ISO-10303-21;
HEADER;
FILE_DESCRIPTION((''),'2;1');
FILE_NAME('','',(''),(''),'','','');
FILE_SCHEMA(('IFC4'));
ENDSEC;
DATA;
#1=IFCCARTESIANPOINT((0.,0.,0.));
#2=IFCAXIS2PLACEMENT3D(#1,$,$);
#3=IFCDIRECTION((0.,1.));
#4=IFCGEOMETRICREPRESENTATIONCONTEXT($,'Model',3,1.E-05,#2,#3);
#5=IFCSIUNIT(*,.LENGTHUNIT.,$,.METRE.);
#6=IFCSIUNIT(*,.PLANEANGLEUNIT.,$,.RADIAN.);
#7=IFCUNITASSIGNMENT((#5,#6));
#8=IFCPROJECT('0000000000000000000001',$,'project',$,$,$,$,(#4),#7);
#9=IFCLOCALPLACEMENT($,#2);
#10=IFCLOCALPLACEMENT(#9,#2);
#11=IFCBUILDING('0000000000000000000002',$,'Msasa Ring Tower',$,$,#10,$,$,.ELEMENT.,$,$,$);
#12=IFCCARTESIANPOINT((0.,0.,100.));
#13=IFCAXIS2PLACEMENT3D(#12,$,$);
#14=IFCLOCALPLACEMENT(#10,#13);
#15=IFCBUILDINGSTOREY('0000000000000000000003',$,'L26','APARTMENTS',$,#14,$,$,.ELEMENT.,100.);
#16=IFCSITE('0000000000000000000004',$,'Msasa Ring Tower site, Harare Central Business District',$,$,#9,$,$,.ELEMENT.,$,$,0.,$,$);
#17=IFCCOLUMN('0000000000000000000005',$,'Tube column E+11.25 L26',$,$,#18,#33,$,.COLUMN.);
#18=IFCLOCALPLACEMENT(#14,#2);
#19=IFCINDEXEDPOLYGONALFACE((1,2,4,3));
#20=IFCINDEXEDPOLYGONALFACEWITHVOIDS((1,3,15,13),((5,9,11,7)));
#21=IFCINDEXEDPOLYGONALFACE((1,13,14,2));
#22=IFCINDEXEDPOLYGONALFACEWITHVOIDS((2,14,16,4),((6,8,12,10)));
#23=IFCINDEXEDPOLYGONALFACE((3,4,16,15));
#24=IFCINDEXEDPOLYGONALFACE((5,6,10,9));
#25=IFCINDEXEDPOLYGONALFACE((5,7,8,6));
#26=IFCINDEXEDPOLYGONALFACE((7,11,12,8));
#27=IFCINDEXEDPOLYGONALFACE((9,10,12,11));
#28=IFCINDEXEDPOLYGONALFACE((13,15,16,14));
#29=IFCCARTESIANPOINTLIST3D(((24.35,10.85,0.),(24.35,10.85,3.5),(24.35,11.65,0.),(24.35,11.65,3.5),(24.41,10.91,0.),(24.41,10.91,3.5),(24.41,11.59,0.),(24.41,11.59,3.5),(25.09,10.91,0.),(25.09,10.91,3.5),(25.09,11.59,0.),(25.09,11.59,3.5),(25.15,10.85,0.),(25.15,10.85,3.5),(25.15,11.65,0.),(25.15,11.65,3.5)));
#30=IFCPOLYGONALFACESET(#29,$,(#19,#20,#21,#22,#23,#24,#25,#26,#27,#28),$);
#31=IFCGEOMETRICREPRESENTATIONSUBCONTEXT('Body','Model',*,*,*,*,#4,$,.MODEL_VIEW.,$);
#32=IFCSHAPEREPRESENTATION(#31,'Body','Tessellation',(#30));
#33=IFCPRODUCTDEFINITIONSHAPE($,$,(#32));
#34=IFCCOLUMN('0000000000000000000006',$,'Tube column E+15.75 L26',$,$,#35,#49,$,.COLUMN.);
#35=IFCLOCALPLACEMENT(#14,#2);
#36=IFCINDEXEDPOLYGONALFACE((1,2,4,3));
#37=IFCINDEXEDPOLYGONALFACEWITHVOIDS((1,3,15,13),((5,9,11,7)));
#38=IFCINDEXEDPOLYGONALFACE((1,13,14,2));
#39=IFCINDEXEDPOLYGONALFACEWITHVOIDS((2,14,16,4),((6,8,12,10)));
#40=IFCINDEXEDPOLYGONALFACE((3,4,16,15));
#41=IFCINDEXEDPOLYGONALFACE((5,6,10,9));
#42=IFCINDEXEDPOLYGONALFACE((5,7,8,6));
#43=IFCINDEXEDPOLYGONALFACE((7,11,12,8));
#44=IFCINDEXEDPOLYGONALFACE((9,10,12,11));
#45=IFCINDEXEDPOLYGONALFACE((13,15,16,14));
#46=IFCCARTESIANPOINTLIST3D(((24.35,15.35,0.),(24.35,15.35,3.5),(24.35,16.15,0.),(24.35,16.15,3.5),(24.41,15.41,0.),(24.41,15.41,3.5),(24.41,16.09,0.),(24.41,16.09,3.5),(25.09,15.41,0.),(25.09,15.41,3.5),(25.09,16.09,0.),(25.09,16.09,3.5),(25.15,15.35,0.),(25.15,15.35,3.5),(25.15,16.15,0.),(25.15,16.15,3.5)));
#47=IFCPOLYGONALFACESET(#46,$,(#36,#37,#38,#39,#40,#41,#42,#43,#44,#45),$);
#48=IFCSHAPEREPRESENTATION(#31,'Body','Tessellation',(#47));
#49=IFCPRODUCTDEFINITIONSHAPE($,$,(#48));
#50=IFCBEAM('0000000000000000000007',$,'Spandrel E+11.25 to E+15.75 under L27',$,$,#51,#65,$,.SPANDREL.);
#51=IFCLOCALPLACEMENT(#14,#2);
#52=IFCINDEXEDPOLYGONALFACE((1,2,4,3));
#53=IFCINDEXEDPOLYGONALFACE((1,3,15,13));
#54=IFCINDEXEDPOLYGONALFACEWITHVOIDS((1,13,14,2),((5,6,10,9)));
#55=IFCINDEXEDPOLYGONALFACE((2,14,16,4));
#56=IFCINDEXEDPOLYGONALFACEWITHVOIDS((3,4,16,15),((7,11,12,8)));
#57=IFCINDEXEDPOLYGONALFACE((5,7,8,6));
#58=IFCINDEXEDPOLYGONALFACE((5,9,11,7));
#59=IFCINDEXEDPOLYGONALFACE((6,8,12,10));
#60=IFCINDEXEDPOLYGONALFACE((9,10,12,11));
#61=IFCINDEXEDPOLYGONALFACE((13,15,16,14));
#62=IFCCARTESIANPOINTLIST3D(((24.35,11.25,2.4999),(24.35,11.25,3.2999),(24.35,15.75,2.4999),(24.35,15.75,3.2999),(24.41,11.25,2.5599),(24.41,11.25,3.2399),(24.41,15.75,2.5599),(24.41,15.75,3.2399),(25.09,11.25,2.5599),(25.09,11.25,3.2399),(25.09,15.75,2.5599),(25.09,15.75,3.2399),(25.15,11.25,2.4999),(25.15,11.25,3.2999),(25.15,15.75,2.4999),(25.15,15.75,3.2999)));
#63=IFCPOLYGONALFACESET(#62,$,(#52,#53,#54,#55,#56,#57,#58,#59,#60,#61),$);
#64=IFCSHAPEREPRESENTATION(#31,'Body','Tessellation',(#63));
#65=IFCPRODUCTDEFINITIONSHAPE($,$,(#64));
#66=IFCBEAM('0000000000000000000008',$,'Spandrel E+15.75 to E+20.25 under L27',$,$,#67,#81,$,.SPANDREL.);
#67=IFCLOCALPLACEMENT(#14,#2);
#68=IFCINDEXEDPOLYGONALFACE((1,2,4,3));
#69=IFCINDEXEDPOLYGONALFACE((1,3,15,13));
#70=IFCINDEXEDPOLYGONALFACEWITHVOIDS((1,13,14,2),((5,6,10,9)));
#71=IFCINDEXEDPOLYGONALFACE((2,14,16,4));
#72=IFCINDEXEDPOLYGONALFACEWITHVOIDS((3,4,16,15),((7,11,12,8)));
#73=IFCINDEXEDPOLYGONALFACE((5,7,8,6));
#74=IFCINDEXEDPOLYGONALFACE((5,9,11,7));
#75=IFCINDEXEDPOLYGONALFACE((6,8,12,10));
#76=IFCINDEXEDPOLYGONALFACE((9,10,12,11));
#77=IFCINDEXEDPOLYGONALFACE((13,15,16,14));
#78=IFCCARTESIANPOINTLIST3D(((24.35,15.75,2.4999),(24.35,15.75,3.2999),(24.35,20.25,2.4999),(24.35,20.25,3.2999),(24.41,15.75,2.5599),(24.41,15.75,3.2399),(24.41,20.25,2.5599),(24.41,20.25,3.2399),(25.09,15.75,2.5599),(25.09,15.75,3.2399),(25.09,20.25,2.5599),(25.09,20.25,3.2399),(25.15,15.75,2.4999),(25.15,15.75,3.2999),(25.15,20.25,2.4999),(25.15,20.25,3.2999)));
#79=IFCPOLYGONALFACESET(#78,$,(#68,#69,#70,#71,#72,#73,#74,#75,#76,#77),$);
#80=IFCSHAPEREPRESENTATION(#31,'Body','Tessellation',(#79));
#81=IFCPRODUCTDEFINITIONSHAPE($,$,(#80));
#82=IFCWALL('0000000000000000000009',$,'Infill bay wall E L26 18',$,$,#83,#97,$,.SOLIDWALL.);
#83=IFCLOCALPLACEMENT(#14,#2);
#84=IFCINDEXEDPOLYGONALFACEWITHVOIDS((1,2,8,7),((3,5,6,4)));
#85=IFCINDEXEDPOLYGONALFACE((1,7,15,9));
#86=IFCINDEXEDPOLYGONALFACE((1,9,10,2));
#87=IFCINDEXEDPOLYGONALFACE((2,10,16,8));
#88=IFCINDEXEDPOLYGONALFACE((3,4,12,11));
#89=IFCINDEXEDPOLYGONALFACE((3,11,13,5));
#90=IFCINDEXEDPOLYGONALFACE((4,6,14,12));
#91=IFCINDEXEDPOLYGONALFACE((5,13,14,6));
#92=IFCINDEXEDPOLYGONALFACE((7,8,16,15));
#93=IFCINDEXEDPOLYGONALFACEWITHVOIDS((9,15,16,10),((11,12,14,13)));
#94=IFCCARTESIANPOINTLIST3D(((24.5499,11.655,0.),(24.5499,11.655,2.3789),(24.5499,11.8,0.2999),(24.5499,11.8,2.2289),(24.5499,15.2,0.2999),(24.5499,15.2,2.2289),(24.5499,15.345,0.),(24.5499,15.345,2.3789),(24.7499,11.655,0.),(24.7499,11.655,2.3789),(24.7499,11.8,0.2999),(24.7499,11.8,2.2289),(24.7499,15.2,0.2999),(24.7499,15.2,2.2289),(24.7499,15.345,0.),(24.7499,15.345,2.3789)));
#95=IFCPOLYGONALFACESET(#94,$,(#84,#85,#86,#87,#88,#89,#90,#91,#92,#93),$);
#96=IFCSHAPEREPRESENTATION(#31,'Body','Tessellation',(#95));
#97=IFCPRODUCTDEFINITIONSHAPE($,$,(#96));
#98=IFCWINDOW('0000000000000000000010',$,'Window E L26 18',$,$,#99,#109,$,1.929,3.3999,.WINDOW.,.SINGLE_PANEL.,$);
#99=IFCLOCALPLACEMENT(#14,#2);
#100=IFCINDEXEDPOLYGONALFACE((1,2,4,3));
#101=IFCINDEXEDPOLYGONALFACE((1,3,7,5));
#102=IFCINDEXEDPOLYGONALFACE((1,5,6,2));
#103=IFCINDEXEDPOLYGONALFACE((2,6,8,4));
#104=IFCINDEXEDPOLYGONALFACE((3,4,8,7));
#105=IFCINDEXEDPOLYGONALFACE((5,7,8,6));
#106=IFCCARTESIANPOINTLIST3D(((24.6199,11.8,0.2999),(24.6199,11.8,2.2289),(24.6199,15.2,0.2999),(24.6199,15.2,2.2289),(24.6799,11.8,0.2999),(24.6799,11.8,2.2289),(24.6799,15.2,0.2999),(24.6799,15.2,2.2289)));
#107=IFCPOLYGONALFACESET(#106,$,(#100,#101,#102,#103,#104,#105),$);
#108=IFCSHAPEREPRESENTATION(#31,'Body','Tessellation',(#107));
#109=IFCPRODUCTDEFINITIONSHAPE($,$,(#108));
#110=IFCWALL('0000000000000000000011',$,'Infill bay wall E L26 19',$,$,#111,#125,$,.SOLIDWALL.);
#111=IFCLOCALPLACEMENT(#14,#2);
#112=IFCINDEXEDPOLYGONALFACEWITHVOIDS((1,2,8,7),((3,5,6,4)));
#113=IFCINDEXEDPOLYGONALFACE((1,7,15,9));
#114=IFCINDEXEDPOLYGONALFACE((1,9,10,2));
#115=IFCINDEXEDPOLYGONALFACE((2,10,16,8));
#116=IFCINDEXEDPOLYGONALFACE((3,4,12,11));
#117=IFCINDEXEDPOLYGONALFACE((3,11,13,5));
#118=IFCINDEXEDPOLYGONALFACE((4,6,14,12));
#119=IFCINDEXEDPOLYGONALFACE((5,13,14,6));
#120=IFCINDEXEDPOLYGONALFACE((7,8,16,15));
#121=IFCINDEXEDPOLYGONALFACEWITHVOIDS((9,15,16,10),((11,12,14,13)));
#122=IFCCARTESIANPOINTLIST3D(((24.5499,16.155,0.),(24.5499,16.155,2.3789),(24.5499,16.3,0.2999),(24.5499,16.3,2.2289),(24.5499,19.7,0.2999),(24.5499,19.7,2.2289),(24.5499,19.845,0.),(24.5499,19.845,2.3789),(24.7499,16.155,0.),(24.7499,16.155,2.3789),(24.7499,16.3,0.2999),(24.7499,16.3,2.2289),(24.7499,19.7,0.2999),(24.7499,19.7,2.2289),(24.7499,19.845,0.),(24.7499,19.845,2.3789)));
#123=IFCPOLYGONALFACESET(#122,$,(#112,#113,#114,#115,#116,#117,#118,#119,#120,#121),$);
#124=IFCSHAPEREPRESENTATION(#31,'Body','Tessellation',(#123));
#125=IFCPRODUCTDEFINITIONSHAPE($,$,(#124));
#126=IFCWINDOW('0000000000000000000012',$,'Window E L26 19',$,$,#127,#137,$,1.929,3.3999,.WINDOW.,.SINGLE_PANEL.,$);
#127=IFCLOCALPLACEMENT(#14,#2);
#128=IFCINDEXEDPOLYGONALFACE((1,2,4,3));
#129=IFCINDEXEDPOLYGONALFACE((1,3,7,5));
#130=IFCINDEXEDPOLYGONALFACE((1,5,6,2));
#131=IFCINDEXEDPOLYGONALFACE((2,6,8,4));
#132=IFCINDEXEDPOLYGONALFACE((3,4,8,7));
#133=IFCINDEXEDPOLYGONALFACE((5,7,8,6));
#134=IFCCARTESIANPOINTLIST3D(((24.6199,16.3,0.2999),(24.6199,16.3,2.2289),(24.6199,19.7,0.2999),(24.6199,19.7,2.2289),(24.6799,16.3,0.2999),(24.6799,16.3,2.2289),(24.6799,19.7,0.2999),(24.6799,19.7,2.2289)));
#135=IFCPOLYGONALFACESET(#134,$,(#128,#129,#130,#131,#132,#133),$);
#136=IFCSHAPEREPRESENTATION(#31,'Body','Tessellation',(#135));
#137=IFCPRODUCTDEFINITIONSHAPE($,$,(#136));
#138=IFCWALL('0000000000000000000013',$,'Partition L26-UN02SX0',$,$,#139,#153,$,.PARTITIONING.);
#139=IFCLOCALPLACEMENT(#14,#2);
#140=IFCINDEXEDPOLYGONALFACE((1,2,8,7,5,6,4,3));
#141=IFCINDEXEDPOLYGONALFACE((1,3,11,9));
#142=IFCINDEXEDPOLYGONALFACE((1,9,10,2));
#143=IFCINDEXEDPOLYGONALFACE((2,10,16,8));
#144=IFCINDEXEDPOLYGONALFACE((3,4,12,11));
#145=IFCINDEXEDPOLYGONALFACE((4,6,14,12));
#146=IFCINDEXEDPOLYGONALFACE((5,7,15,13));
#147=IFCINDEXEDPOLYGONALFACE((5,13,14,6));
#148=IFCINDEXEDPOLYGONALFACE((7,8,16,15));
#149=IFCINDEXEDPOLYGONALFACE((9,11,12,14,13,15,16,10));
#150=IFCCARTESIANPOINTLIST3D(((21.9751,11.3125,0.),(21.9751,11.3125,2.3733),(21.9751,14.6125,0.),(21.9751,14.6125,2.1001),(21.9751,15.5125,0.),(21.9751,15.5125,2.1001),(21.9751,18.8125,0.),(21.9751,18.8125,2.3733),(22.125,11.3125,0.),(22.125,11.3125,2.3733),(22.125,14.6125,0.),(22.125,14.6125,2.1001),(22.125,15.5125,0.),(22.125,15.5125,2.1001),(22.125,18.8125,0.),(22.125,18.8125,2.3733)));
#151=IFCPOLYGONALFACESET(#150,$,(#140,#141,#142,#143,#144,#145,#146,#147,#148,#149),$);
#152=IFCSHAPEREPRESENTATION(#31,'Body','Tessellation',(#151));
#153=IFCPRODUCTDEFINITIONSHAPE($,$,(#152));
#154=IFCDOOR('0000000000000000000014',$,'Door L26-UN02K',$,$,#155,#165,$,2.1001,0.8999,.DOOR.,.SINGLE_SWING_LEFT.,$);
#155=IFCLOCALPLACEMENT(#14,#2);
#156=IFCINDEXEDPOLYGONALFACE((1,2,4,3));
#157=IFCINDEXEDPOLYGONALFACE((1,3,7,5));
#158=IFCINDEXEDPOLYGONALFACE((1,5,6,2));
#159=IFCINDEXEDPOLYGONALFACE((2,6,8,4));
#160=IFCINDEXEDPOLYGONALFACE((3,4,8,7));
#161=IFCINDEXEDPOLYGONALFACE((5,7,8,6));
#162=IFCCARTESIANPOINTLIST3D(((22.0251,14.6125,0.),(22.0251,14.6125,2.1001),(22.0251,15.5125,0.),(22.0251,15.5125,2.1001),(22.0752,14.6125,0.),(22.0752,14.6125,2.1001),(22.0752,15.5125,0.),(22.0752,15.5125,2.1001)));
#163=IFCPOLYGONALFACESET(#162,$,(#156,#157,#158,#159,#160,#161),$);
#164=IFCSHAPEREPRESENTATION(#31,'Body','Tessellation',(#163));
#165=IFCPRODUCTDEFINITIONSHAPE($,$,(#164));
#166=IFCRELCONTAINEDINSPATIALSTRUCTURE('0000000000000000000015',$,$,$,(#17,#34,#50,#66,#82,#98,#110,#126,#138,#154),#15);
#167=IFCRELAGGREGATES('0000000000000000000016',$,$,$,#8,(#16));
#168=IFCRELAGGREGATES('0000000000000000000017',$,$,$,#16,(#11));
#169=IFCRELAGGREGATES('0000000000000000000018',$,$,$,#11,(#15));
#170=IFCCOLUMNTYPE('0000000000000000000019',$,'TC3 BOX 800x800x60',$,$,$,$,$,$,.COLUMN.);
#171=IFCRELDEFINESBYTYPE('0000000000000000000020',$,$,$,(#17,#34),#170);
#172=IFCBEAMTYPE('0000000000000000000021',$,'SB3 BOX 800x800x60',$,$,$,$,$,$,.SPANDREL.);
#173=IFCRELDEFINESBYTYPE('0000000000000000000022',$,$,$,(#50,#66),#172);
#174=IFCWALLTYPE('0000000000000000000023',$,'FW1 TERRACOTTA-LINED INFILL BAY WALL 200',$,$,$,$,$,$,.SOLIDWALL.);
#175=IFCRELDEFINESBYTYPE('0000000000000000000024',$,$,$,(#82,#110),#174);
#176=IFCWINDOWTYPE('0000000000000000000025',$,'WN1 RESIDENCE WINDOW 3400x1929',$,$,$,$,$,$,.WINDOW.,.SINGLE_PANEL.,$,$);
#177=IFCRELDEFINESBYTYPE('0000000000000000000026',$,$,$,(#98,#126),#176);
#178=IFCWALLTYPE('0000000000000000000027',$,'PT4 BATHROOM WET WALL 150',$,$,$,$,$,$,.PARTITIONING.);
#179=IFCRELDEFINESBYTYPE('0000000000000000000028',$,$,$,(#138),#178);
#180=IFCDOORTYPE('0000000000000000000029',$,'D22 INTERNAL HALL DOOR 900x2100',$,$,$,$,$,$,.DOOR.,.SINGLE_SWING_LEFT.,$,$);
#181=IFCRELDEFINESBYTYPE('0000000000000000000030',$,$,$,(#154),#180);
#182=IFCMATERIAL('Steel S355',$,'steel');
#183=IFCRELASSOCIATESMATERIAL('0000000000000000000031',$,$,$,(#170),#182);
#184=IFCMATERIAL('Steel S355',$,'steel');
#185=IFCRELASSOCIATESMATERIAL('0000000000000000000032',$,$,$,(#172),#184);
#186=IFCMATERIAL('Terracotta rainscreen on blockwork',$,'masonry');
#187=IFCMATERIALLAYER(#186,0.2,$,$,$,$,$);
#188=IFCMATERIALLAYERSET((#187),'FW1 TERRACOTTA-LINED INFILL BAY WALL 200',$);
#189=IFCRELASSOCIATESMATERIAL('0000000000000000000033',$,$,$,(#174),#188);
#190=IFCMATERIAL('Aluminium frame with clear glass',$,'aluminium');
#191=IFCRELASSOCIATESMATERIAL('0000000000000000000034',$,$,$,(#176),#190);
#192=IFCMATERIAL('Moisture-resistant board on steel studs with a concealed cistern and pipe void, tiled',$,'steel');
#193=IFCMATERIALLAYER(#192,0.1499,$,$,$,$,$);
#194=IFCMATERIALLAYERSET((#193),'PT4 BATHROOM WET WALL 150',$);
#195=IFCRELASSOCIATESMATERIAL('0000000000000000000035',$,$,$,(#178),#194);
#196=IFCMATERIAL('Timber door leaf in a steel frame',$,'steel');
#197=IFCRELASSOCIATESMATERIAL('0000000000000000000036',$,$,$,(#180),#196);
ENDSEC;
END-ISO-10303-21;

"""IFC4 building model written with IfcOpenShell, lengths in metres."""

from ifc_helpers import new_model, si_unit, direction, frame, frame_2d, origin, origin_2d, place, context, subcontext, project, spatial, rectangle, hollow_rectangle, extrude, material, layer, layer_set, material_profile, profile_set, type_object, element, fill, save


model = new_model("IFC4")

# Units and contexts
model_context = context("Model", 3, precision=1e-05, world=origin(), true_north=direction((0.0, 1.0)))
body_context = subcontext(model_context, "Body", "Model", "MODEL_VIEW")
ifc_project = project(units=[si_unit("LENGTHUNIT", "METRE"), si_unit("PLANEANGLEUNIT", "RADIAN")], contexts=[model_context])

# Site, building, storey
site_placement = place(None, origin())
site = spatial("IfcSite", under=ifc_project, at=site_placement, Name="Msasa Ring Tower site, Harare Central Business District", CompositionType="ELEMENT", RefElevation=0.0)
building_placement = place(site_placement, origin())
building = spatial("IfcBuilding", under=site, at=building_placement, Name="Msasa Ring Tower", CompositionType="ELEMENT")
storey_placement = place(building_placement, frame((0.0, 0.0, 100.0)))
storey = spatial("IfcBuildingStorey", under=building, at=storey_placement, Name="L26", Description="APARTMENTS", CompositionType="ELEMENT", Elevation=100.0)

# Columns
ifc_material_1 = material(Name="Steel S355", Category="steel")
ifc_material_profile_1 = material_profile(ifc_material_1, hollow_rectangle(XDim=0.8, YDim=0.8, WallThickness=0.0601, at=origin_2d()), Name="BOX 800x800x60")
ifc_profile_set_1 = profile_set([ifc_material_profile_1], Name="Steel S355")
column_type = type_object("IfcColumnType", Name="TC3 BOX 800x800x60", PredefinedType="COLUMN", material=ifc_profile_set_1)
for number, where, z_axis, x_axis, name in (
    (1, (24.75, 11.25, 0.0), (0.0, 0.0, 1.0), (1.0, 0.0, 0.0), "Tube column E+11.25 L26"),
    (2, (24.75, 15.75, 0.0), (0.0, 0.0, 1.0), (1.0, 0.0, 0.0), "Tube column E+15.75 L26"),
):
    element("IfcColumn", number, at=place(storey_placement, frame(where, z_axis=z_axis, x_axis=x_axis)), inside=storey, type_object=column_type, Name=name, PredefinedType="COLUMN", context=body_context, shape_type="SweptSolid", body=[
        extrude(hollow_rectangle(XDim=0.8, YDim=0.8, WallThickness=0.0601, at=origin_2d()), origin(), (0.0, 0.0, 1.0), 3.5),
    ])

# Beams
ifc_material_2 = material(Name="Steel S355", Category="steel")
ifc_material_profile_2 = material_profile(ifc_material_2, hollow_rectangle(XDim=0.8, YDim=0.8, WallThickness=0.0601, at=origin_2d()), Name="BOX 800x800x60")
ifc_profile_set_2 = profile_set([ifc_material_profile_2], Name="Steel S355")
beam_type = type_object("IfcBeamType", Name="SB3 BOX 800x800x60", PredefinedType="SPANDREL", material=ifc_profile_set_2)
for number, where, z_axis, x_axis, name in (
    (3, (24.75, 11.25, 2.8999), (0.0, 1.0, 0.0), (-1.0, 0.0, 0.0), "Spandrel E+11.25 to E+15.75 under L27"),
    (4, (24.75, 15.75, 2.8999), (0.0, 1.0, 0.0), (-1.0, 0.0, 0.0), "Spandrel E+15.75 to E+20.25 under L27"),
):
    element("IfcBeam", number, at=place(storey_placement, frame(where, z_axis=z_axis, x_axis=x_axis)), inside=storey, type_object=beam_type, Name=name, PredefinedType="SPANDREL", context=body_context, shape_type="SweptSolid", body=[
        extrude(hollow_rectangle(XDim=0.8, YDim=0.8, WallThickness=0.0601, at=origin_2d()), origin(), (0.0, 0.0, 1.0), 4.5),
    ])

# Walls, openings, windows
ifc_material_3 = material(Name="Terracotta rainscreen on blockwork", Category="masonry")
ifc_layer_1 = layer(ifc_material_3, 0.2)
ifc_layer_set_1 = layer_set([ifc_layer_1], Name="FW1 TERRACOTTA-LINED INFILL BAY WALL 200")
wall_type_1 = type_object("IfcWallType", Name="FW1 TERRACOTTA-LINED INFILL BAY WALL 200", PredefinedType="SOLIDWALL", material=ifc_layer_set_1)
wall_1_placement = place(storey_placement, frame((24.6499, 11.655, 0.0), z_axis=(0.0, 0.0, 1.0), x_axis=(0.0, 1.0, 0.0)))
wall_1 = element("IfcWall", 5, at=wall_1_placement, inside=storey, type_object=wall_type_1, Name="Infill bay wall E L26 18", PredefinedType="SOLIDWALL", context=body_context, shape_type="SweptSolid", body=[
    extrude(rectangle(XDim=3.6899, YDim=0.2, at=frame_2d((1.845, 0.0))), origin(), (0.0, 0.0, 1.0), 2.3789),
])
opening_1_placement = place(wall_1_placement, frame((0.145, 0.0, 0.3)))
opening_1 = element("IfcOpeningElement", 6, at=opening_1_placement, cuts=wall_1, PredefinedType="OPENING", context=body_context, shape_type="SweptSolid", body=[
    extrude(rectangle(XDim=3.3999, YDim=1.929, at=frame_2d((1.7, 0.9644))), frame((0.0, 0.1099, 0.0), z_axis=(0.0, -1.0, 0.0), x_axis=(1.0, 0.0, 0.0)), (0.0, 0.0, 1.0), 0.22),
])
ifc_material_4 = material(Name="Aluminium frame with clear glass", Category="aluminium")
window_type = type_object("IfcWindowType", Name="WN1 RESIDENCE WINDOW 3400x1929", PartitioningType="SINGLE_PANEL", PredefinedType="WINDOW", material=ifc_material_4)
window_1_placement = place(opening_1_placement, origin())
window_1 = element("IfcWindow", 7, at=window_1_placement, inside=storey, type_object=window_type, Name="Window E L26 18", OverallHeight=1.929, OverallWidth=3.3999, PartitioningType="SINGLE_PANEL", PredefinedType="WINDOW", context=body_context, shape_type="SweptSolid", body=[
    extrude(rectangle(XDim=3.3999, YDim=1.929, at=frame_2d((1.7, 0.9644))), frame((0.0, 0.03, 0.0), z_axis=(0.0, -1.0, 0.0), x_axis=(1.0, 0.0, 0.0)), (0.0, 0.0, 1.0), 0.0601),
])
fill(opening_1, window_1)
wall_2_placement = place(storey_placement, frame((24.6499, 16.155, 0.0), z_axis=(0.0, 0.0, 1.0), x_axis=(0.0, 1.0, 0.0)))
wall_2 = element("IfcWall", 8, at=wall_2_placement, inside=storey, type_object=wall_type_1, Name="Infill bay wall E L26 19", PredefinedType="SOLIDWALL", context=body_context, shape_type="SweptSolid", body=[
    extrude(rectangle(XDim=3.6899, YDim=0.2, at=frame_2d((1.845, 0.0))), origin(), (0.0, 0.0, 1.0), 2.3789),
])
opening_2_placement = place(wall_2_placement, frame((0.145, 0.0, 0.3)))
opening_2 = element("IfcOpeningElement", 9, at=opening_2_placement, cuts=wall_2, PredefinedType="OPENING", context=body_context, shape_type="SweptSolid", body=[
    extrude(rectangle(XDim=3.3999, YDim=1.929, at=frame_2d((1.7, 0.9644))), frame((0.0, 0.1099, 0.0), z_axis=(0.0, -1.0, 0.0), x_axis=(1.0, 0.0, 0.0)), (0.0, 0.0, 1.0), 0.22),
])
window_2_placement = place(opening_2_placement, origin())
window_2 = element("IfcWindow", 10, at=window_2_placement, inside=storey, type_object=window_type, Name="Window E L26 19", OverallHeight=1.929, OverallWidth=3.3999, PartitioningType="SINGLE_PANEL", PredefinedType="WINDOW", context=body_context, shape_type="SweptSolid", body=[
    extrude(rectangle(XDim=3.3999, YDim=1.929, at=frame_2d((1.7, 0.9644))), frame((0.0, 0.03, 0.0), z_axis=(0.0, -1.0, 0.0), x_axis=(1.0, 0.0, 0.0)), (0.0, 0.0, 1.0), 0.0601),
])
fill(opening_2, window_2)

# Wall, opening, door
ifc_material_5 = material(Name="Moisture-resistant board on steel studs with a concealed cistern and pipe void, tiled", Category="steel")
ifc_layer_2 = layer(ifc_material_5, 0.1499)
ifc_layer_set_2 = layer_set([ifc_layer_2], Name="PT4 BATHROOM WET WALL 150")
wall_type_2 = type_object("IfcWallType", Name="PT4 BATHROOM WET WALL 150", PredefinedType="PARTITIONING", material=ifc_layer_set_2)
wall_3_placement = place(storey_placement, frame((22.05, 11.3125, 0.0), z_axis=(0.0, 0.0, 1.0), x_axis=(0.0, 1.0, 0.0)))
wall_3 = element("IfcWall", 11, at=wall_3_placement, inside=storey, type_object=wall_type_2, Name="Partition L26-UN02SX0", PredefinedType="PARTITIONING", context=body_context, shape_type="SweptSolid", body=[
    extrude(rectangle(XDim=7.5, YDim=0.1499, at=frame_2d((3.75, 0.0))), origin(), (0.0, 0.0, 1.0), 2.3733),
])
opening_3_placement = place(wall_3_placement, frame((3.3, 0.0, 0.0)))
opening_3 = element("IfcOpeningElement", 12, at=opening_3_placement, cuts=wall_3, PredefinedType="OPENING", context=body_context, shape_type="SweptSolid", body=[
    extrude(rectangle(XDim=0.8999, YDim=2.1001, at=frame_2d((0.45, 1.05))), frame((0.0, 0.085, 0.0), z_axis=(0.0, -1.0, 0.0), x_axis=(1.0, 0.0, 0.0)), (0.0, 0.0, 1.0), 0.1699),
])
ifc_material_6 = material(Name="Timber door leaf in a steel frame", Category="steel")
door_type_1 = type_object("IfcDoorType", Name="D22 INTERNAL HALL DOOR 900x2100", OperationType="SINGLE_SWING_LEFT", PredefinedType="DOOR", material=ifc_material_6)
door_1_placement = place(opening_3_placement, origin())
door_1 = element("IfcDoor", 13, at=door_1_placement, inside=storey, type_object=door_type_1, Name="Door L26-UN02K", OperationType="SINGLE_SWING_LEFT", OverallHeight=2.1001, OverallWidth=0.8999, PredefinedType="DOOR", context=body_context, shape_type="SweptSolid", body=[
    extrude(rectangle(XDim=0.8999, YDim=2.1001, at=frame_2d((0.45, 1.05))), frame((0.0, 0.0249, 0.0), z_axis=(0.0, -1.0, 0.0), x_axis=(1.0, 0.0, 0.0)), (0.0, 0.0, 1.0), 0.05),
])
fill(opening_3, door_1)

save(model, "model.ifc")
